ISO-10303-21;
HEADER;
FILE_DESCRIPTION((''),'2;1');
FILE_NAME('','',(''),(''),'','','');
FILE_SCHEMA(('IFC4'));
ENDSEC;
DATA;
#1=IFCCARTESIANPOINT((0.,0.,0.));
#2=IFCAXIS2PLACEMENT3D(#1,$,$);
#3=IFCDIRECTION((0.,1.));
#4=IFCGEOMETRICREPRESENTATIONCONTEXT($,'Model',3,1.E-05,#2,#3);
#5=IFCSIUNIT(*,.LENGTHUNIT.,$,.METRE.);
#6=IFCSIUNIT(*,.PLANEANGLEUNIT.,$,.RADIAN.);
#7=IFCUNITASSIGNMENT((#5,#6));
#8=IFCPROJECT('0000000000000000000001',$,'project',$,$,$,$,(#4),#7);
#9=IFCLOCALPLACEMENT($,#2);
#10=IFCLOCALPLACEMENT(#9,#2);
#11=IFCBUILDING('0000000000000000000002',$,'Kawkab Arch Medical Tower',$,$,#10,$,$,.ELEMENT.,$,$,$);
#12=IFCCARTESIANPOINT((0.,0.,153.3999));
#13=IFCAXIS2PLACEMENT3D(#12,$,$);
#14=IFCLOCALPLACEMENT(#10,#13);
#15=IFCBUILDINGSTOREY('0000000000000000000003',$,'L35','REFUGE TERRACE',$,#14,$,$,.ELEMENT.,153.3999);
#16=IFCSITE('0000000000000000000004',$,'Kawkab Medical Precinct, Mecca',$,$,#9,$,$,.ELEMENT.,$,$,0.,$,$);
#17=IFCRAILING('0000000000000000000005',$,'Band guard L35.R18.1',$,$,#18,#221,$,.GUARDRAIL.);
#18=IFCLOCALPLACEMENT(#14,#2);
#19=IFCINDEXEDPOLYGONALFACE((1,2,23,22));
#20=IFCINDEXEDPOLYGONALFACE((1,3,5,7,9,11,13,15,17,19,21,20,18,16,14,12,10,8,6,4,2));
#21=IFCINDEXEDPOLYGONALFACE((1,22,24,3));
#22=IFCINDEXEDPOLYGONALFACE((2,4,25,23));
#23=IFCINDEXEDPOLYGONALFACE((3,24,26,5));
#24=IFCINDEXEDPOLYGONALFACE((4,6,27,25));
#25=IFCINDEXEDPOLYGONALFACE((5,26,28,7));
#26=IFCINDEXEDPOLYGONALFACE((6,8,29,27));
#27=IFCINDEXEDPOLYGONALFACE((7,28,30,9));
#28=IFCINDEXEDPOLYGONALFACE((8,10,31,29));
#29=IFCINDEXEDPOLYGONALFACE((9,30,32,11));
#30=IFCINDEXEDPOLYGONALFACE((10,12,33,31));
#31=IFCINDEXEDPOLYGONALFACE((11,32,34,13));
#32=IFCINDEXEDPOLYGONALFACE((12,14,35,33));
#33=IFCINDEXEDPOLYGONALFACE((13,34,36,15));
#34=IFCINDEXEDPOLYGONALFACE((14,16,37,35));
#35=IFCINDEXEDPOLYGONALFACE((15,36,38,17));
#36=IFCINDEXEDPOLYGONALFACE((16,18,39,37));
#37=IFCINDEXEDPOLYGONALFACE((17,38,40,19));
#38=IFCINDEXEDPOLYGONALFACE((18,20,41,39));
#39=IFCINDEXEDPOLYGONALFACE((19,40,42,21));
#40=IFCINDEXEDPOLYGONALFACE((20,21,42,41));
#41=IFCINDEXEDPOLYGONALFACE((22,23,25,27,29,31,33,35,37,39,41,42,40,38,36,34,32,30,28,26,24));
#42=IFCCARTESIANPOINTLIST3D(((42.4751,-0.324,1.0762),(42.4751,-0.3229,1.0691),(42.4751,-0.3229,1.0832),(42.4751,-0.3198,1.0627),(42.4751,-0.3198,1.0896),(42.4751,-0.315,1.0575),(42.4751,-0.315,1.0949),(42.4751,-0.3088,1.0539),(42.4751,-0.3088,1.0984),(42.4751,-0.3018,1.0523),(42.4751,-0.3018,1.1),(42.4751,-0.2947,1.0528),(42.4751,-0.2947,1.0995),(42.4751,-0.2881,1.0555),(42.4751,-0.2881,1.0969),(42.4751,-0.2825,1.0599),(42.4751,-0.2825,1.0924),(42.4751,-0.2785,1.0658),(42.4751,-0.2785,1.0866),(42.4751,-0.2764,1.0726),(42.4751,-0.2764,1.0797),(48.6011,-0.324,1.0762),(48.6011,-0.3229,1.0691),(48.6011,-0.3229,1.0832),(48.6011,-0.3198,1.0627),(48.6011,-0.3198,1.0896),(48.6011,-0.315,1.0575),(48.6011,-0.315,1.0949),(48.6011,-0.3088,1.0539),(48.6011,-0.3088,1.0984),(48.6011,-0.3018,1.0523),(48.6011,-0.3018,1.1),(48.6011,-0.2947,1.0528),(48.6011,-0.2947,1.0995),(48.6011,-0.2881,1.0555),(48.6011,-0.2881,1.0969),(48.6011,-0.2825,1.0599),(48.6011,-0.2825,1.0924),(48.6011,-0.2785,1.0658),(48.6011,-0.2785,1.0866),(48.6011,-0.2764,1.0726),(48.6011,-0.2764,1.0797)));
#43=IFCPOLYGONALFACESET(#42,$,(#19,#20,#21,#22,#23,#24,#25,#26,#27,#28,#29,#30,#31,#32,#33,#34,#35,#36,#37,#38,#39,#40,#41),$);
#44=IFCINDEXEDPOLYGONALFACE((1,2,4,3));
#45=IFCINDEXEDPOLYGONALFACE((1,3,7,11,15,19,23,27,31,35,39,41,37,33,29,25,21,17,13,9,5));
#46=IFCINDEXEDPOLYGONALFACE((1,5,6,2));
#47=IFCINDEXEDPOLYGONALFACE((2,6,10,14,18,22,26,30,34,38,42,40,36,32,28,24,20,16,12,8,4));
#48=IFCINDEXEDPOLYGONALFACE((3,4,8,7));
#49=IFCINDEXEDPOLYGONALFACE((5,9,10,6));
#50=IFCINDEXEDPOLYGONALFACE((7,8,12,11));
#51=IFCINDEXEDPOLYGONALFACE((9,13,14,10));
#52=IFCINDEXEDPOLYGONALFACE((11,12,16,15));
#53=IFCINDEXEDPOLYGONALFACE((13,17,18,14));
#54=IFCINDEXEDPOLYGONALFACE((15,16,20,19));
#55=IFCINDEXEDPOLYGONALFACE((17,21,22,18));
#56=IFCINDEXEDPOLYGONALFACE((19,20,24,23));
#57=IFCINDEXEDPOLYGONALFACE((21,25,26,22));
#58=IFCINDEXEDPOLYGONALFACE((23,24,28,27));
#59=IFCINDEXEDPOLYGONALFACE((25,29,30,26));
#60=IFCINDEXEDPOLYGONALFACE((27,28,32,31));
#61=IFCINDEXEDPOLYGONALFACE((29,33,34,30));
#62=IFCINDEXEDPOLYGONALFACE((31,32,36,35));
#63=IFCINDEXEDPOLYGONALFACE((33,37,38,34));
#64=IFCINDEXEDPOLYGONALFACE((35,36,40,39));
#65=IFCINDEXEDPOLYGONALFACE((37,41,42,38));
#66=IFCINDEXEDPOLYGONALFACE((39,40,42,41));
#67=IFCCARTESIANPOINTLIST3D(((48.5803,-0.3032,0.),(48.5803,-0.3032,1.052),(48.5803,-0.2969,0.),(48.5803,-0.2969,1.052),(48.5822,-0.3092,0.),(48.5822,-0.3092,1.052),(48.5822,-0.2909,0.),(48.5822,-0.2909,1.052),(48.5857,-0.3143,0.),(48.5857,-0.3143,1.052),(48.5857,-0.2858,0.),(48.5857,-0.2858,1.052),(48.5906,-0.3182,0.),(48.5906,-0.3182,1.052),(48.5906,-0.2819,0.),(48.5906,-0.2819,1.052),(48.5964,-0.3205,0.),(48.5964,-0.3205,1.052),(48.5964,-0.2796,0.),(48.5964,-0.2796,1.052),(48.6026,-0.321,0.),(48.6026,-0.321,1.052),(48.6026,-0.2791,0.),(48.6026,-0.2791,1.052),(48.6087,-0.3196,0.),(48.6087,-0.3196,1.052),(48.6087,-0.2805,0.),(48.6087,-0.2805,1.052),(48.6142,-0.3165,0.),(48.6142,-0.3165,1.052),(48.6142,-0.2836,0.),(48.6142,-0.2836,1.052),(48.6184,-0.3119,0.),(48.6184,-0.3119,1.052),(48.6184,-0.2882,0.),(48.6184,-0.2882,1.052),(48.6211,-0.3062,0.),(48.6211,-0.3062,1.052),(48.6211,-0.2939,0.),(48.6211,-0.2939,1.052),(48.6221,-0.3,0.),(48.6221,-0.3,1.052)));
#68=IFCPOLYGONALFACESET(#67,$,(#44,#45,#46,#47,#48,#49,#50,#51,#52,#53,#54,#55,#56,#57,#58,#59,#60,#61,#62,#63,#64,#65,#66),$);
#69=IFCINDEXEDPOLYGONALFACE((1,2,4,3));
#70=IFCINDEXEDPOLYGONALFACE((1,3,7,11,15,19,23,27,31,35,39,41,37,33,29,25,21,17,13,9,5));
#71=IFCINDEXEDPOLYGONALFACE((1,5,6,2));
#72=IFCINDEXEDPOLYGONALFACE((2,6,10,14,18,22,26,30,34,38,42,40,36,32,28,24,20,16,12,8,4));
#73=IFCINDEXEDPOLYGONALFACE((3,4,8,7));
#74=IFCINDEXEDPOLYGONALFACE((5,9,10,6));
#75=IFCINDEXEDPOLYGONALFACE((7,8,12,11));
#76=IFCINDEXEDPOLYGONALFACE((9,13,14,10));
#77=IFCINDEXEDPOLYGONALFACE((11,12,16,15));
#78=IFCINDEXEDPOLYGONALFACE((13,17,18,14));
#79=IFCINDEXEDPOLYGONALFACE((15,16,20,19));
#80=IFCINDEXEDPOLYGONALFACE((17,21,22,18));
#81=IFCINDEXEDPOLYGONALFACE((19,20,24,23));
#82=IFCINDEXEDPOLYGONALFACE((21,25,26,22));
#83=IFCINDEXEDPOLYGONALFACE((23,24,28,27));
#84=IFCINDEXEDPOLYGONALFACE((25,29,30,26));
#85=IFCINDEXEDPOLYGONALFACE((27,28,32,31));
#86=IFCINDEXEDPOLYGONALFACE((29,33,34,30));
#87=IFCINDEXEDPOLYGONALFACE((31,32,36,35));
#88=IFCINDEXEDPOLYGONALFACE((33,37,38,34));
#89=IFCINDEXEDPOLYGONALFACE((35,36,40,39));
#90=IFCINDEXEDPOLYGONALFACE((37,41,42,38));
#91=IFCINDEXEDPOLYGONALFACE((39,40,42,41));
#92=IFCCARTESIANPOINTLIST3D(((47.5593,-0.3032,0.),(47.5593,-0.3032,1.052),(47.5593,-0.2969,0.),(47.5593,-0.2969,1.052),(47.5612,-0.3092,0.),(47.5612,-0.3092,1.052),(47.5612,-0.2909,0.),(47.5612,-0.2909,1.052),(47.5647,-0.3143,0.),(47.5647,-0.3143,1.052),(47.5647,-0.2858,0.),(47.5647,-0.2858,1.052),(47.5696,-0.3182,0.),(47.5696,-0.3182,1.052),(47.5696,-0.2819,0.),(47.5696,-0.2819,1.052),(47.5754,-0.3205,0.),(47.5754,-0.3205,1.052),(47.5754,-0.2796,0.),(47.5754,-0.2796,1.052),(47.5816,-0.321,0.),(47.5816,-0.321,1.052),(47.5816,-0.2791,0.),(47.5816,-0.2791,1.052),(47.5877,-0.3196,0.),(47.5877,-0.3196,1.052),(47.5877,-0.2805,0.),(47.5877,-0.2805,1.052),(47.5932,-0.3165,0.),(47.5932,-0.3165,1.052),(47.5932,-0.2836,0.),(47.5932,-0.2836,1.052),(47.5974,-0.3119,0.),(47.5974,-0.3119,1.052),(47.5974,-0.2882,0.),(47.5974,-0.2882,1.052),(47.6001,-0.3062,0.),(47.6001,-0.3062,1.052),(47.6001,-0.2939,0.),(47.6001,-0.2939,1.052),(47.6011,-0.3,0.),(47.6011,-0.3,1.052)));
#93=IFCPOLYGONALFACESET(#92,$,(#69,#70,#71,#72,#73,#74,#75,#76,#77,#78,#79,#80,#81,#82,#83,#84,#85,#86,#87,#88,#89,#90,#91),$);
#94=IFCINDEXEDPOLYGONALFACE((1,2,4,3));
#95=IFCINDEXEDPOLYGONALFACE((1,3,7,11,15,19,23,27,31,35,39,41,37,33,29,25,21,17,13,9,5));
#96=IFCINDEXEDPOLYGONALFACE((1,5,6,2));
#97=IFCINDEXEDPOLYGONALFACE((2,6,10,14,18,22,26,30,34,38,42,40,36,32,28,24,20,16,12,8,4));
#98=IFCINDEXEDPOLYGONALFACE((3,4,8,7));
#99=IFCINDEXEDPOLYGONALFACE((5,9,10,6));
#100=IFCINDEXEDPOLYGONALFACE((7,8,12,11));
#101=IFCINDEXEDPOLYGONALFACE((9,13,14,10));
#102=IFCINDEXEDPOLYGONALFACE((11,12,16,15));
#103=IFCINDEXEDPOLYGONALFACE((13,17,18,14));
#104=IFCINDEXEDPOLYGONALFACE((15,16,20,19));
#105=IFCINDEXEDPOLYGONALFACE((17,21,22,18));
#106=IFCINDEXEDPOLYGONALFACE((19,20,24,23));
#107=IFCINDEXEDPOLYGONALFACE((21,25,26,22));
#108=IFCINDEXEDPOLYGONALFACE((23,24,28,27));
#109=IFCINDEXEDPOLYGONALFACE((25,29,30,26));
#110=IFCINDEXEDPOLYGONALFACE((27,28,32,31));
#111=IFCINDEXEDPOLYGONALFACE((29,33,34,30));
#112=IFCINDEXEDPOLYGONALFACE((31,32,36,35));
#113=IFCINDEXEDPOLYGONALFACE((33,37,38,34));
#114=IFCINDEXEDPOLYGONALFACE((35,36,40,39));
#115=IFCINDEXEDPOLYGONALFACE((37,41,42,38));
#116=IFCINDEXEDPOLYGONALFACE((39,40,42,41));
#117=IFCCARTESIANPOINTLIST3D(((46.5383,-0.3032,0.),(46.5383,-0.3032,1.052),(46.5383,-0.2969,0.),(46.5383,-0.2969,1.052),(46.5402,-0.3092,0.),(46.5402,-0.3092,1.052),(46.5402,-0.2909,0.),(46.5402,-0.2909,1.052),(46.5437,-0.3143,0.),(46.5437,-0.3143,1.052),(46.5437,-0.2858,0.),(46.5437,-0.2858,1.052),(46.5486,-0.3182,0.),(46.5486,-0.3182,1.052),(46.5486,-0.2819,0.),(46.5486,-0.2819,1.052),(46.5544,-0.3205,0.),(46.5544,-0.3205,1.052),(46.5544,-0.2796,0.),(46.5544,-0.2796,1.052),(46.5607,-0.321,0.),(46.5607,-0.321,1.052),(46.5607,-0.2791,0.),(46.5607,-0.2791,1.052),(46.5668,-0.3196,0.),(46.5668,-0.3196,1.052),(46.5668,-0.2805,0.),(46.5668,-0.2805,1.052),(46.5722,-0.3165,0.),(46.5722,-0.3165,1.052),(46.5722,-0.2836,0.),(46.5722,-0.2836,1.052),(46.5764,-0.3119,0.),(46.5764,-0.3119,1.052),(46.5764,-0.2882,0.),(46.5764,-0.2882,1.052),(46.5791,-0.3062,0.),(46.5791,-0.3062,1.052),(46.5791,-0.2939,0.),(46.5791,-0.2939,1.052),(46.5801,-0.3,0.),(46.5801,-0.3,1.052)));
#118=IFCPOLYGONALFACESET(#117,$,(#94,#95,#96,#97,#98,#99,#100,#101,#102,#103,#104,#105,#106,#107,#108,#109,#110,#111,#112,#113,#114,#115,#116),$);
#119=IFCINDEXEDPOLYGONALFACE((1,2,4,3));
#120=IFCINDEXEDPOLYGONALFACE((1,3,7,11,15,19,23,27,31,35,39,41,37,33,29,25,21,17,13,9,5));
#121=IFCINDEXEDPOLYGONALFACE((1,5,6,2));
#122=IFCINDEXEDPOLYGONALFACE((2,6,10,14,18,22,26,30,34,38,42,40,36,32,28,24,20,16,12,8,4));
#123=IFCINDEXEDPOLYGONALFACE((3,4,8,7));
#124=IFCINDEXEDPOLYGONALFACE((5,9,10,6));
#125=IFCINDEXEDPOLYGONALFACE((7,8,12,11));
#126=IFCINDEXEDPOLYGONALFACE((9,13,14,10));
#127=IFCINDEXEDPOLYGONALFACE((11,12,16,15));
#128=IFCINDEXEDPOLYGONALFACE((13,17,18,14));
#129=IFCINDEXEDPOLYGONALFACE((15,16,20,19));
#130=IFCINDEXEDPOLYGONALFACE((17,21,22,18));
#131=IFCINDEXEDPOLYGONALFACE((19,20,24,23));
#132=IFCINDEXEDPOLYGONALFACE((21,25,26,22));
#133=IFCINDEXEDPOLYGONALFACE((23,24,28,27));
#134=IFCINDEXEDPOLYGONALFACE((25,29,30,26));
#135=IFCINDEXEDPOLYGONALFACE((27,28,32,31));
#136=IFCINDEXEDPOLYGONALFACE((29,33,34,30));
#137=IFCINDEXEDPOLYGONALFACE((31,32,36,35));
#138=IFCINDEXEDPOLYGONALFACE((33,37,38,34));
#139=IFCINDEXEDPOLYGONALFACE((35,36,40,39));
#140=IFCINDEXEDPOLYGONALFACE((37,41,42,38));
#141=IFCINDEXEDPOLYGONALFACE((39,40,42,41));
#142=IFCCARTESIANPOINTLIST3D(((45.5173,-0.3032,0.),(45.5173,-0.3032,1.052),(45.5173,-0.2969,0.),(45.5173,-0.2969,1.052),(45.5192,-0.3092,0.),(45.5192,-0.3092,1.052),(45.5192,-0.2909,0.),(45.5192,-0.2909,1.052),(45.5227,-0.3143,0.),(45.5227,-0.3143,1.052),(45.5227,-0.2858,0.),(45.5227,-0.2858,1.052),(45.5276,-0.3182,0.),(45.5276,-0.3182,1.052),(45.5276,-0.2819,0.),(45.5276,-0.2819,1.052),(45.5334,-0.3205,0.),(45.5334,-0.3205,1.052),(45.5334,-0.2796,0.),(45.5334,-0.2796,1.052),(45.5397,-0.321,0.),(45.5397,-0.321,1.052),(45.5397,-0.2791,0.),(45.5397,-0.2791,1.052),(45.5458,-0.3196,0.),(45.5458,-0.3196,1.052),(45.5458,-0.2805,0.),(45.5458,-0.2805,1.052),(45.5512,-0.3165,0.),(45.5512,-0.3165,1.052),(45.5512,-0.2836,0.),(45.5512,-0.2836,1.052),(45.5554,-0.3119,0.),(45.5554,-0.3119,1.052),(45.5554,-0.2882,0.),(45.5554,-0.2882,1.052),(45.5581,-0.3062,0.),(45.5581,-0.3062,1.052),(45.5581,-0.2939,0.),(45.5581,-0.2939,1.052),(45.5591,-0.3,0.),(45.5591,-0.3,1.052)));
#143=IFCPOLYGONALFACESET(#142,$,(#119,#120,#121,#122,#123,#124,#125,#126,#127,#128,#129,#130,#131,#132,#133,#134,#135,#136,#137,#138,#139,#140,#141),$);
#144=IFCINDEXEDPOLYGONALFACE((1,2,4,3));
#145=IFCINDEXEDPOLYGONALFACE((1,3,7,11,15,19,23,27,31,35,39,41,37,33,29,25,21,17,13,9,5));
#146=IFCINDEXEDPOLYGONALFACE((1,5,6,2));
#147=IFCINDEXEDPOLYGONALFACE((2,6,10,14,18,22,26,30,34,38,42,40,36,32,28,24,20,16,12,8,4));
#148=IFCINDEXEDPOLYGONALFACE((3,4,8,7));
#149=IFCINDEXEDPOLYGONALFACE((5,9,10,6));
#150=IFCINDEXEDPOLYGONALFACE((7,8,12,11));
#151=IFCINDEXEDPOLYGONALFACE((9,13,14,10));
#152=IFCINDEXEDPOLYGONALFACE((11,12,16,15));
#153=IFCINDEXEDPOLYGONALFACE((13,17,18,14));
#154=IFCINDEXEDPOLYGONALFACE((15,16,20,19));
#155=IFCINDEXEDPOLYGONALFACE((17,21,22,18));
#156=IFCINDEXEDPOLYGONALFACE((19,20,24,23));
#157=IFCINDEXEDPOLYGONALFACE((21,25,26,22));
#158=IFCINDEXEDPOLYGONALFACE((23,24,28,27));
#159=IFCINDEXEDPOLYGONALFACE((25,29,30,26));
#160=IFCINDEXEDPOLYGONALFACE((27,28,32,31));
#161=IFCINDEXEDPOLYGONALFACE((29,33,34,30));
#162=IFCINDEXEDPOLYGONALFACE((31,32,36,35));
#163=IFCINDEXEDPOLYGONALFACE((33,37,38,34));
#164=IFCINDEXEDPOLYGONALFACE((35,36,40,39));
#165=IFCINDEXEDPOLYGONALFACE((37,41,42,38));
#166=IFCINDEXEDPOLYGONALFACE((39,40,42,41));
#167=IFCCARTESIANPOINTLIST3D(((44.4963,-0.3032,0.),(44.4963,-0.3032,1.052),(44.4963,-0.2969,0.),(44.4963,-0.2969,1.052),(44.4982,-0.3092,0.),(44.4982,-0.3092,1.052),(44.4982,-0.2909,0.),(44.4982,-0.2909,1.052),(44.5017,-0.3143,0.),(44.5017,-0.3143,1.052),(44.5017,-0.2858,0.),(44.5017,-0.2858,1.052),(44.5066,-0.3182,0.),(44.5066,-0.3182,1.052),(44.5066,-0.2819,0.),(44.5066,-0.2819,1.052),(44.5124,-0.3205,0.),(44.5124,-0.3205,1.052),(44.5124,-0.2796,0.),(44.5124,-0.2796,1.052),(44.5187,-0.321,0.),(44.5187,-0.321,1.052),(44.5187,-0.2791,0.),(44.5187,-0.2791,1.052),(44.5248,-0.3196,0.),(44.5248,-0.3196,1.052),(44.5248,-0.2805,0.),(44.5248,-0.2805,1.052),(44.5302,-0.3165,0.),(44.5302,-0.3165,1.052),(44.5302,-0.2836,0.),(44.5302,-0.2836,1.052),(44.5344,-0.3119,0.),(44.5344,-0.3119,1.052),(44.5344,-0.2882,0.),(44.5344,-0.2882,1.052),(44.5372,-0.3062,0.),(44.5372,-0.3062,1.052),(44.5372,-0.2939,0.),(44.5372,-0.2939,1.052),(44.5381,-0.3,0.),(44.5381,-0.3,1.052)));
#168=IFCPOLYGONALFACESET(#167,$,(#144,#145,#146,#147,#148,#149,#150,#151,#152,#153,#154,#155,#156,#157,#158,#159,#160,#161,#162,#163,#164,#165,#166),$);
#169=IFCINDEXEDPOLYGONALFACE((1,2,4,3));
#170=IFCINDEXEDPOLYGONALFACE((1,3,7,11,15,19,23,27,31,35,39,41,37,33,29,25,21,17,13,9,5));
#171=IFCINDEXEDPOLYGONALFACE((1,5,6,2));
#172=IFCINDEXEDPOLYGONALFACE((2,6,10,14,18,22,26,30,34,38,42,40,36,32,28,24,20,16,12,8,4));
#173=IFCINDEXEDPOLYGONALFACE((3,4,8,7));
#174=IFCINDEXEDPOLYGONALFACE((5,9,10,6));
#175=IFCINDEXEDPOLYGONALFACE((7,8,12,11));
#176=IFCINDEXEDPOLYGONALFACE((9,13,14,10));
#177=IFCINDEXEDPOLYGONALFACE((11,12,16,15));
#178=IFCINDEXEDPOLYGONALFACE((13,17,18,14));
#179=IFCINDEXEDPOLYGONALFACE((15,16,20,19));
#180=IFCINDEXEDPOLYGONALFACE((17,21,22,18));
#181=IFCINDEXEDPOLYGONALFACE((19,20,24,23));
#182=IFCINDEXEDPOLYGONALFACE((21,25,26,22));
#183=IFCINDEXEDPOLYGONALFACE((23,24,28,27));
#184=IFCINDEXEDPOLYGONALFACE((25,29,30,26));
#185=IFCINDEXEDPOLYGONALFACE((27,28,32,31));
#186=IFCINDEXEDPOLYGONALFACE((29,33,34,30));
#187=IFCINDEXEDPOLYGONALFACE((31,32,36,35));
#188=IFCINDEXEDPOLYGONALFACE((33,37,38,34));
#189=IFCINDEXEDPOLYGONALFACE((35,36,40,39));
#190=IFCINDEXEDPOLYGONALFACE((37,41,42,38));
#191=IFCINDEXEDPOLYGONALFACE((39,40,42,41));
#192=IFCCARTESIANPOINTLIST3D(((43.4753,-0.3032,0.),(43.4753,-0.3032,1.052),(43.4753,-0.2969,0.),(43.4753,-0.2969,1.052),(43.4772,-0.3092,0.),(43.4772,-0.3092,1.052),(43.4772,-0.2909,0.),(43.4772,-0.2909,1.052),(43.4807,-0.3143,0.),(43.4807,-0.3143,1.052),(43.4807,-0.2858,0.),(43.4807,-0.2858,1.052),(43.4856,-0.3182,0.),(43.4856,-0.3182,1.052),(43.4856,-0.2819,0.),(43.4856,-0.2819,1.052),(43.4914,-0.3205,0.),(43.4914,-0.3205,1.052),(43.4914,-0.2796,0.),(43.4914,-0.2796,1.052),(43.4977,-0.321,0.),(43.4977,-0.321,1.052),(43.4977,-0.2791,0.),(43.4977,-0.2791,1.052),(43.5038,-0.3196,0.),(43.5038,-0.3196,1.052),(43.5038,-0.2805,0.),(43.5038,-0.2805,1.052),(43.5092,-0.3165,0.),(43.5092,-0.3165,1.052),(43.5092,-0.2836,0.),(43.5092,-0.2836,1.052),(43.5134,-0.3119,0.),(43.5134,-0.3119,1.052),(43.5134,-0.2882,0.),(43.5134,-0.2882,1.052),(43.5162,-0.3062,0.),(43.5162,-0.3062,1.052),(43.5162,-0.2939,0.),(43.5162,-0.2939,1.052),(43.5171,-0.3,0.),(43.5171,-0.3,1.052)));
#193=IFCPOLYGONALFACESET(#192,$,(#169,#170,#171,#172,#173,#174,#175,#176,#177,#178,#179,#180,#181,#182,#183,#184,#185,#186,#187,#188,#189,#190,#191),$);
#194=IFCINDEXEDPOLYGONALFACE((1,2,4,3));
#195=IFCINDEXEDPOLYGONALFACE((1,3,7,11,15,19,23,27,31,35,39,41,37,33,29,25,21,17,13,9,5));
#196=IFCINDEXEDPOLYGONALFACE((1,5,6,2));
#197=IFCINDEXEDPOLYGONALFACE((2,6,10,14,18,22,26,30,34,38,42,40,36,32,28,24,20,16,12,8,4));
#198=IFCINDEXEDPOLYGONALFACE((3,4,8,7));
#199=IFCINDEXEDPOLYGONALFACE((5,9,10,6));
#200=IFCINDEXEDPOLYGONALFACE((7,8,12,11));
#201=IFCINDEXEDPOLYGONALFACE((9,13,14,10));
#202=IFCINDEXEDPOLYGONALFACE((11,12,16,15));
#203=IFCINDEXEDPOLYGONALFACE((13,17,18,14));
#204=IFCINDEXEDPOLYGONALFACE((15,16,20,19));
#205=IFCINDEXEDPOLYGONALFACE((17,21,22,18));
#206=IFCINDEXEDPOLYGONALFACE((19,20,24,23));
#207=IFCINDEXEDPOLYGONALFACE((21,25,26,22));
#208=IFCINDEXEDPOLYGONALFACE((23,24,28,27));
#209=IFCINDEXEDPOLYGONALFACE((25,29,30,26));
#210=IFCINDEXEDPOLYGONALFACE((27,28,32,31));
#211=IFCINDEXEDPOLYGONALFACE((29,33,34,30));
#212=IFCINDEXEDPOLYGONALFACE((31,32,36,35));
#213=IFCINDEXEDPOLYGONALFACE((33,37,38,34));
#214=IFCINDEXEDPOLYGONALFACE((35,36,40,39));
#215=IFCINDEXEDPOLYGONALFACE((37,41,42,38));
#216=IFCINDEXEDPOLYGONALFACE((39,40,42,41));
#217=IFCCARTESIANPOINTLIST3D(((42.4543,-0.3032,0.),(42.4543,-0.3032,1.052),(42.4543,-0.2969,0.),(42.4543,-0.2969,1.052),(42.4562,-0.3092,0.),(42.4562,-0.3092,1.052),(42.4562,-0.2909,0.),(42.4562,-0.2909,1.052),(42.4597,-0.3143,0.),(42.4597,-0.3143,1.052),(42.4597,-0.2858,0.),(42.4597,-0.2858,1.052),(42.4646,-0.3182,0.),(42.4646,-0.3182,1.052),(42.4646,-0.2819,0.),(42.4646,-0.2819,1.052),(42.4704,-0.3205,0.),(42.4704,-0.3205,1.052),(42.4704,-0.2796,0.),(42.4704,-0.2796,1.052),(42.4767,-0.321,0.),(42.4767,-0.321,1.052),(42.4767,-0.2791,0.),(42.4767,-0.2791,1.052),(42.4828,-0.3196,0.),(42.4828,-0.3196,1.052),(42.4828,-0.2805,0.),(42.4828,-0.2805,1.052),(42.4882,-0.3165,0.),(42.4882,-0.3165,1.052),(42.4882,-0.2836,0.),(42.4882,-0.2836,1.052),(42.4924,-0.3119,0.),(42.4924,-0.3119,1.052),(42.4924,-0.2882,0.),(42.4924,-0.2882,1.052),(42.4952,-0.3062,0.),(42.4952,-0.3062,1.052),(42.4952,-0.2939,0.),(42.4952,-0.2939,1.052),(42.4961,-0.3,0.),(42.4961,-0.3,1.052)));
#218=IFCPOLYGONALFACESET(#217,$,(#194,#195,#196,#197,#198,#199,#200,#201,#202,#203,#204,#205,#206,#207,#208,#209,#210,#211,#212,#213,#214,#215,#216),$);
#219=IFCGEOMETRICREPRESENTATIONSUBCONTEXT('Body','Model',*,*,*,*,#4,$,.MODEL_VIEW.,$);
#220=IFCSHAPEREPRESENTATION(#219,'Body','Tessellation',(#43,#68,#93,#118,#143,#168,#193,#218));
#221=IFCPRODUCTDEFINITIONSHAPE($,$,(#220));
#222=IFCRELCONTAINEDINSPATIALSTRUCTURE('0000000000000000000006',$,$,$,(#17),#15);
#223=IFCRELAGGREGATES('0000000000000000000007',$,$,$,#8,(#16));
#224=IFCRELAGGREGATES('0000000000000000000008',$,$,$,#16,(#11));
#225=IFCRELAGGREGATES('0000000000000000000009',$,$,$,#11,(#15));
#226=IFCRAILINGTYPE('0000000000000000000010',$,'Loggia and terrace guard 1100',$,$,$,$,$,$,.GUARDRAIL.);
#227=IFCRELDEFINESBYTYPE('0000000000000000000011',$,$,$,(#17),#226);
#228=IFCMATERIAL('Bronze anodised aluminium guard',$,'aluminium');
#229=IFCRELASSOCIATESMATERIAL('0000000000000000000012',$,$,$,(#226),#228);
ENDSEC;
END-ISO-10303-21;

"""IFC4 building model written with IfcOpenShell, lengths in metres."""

from ifc_helpers import new_model, si_unit, direction, frame, origin, origin_2d, place, context, subcontext, project, spatial, circle, extrude, material, type_object, element, save


model = new_model("IFC4")

# Units and contexts
model_context = context("Model", 3, precision=1e-05, world=origin(), true_north=direction((0.0, 1.0)))
body_context = subcontext(model_context, "Body", "Model", "MODEL_VIEW")
ifc_project = project(units=[si_unit("LENGTHUNIT", "METRE"), si_unit("PLANEANGLEUNIT", "RADIAN")], contexts=[model_context])

# Site, building, storey
site_placement = place(None, origin())
site = spatial("IfcSite", under=ifc_project, at=site_placement, Name="Kawkab Medical Precinct, Mecca", CompositionType="ELEMENT", RefElevation=0.0)
building_placement = place(site_placement, origin())
building = spatial("IfcBuilding", under=site, at=building_placement, Name="Kawkab Arch Medical Tower", CompositionType="ELEMENT")
storey_placement = place(building_placement, frame((0.0, 0.0, 153.3999)))
storey = spatial("IfcBuildingStorey", under=building, at=storey_placement, Name="L35", Description="REFUGE TERRACE", CompositionType="ELEMENT", Elevation=153.3999)

# Railing
ifc_material_1 = material(Name="Bronze anodised aluminium guard", Category="aluminium")
railing_type_1 = type_object("IfcRailingType", Name="Loggia and terrace guard 1100", PredefinedType="GUARDRAIL", material=ifc_material_1)
railing_1_placement = place(storey_placement, frame((48.6011, -0.3, 0.0)))
element("IfcRailing", 1, at=railing_1_placement, inside=storey, type_object=railing_type_1, Name="Band guard L35.R18.1", PredefinedType="GUARDRAIL", context=body_context, shape_type="SweptSolid", body=[
    extrude(circle(Radius=0.0239, at=origin_2d()), frame((0.0, 0.0, 1.0762), z_axis=(-1.0, 0.0, 0.0), x_axis=(0.0, -1.0, 0.0)), (0.0, 0.0, 1.0), 6.126),
    extrude(circle(Radius=0.021, at=origin_2d()), origin(), (0.0, 0.0, 1.0), 1.052),
    extrude(circle(Radius=0.021, at=origin_2d()), frame((-1.021, 0.0, 0.0)), (0.0, 0.0, 1.0), 1.052),
    extrude(circle(Radius=0.021, at=origin_2d()), frame((-2.042, 0.0, 0.0)), (0.0, 0.0, 1.0), 1.052),
    extrude(circle(Radius=0.021, at=origin_2d()), frame((-3.063, 0.0, 0.0)), (0.0, 0.0, 1.0), 1.052),
    extrude(circle(Radius=0.021, at=origin_2d()), frame((-4.084, 0.0, 0.0)), (0.0, 0.0, 1.0), 1.052),
    extrude(circle(Radius=0.021, at=origin_2d()), frame((-5.105, 0.0, 0.0)), (0.0, 0.0, 1.0), 1.052),
    extrude(circle(Radius=0.021, at=origin_2d()), frame((-6.126, 0.0, 0.0)), (0.0, 0.0, 1.0), 1.052),
])

save(model, "model.ifc")
